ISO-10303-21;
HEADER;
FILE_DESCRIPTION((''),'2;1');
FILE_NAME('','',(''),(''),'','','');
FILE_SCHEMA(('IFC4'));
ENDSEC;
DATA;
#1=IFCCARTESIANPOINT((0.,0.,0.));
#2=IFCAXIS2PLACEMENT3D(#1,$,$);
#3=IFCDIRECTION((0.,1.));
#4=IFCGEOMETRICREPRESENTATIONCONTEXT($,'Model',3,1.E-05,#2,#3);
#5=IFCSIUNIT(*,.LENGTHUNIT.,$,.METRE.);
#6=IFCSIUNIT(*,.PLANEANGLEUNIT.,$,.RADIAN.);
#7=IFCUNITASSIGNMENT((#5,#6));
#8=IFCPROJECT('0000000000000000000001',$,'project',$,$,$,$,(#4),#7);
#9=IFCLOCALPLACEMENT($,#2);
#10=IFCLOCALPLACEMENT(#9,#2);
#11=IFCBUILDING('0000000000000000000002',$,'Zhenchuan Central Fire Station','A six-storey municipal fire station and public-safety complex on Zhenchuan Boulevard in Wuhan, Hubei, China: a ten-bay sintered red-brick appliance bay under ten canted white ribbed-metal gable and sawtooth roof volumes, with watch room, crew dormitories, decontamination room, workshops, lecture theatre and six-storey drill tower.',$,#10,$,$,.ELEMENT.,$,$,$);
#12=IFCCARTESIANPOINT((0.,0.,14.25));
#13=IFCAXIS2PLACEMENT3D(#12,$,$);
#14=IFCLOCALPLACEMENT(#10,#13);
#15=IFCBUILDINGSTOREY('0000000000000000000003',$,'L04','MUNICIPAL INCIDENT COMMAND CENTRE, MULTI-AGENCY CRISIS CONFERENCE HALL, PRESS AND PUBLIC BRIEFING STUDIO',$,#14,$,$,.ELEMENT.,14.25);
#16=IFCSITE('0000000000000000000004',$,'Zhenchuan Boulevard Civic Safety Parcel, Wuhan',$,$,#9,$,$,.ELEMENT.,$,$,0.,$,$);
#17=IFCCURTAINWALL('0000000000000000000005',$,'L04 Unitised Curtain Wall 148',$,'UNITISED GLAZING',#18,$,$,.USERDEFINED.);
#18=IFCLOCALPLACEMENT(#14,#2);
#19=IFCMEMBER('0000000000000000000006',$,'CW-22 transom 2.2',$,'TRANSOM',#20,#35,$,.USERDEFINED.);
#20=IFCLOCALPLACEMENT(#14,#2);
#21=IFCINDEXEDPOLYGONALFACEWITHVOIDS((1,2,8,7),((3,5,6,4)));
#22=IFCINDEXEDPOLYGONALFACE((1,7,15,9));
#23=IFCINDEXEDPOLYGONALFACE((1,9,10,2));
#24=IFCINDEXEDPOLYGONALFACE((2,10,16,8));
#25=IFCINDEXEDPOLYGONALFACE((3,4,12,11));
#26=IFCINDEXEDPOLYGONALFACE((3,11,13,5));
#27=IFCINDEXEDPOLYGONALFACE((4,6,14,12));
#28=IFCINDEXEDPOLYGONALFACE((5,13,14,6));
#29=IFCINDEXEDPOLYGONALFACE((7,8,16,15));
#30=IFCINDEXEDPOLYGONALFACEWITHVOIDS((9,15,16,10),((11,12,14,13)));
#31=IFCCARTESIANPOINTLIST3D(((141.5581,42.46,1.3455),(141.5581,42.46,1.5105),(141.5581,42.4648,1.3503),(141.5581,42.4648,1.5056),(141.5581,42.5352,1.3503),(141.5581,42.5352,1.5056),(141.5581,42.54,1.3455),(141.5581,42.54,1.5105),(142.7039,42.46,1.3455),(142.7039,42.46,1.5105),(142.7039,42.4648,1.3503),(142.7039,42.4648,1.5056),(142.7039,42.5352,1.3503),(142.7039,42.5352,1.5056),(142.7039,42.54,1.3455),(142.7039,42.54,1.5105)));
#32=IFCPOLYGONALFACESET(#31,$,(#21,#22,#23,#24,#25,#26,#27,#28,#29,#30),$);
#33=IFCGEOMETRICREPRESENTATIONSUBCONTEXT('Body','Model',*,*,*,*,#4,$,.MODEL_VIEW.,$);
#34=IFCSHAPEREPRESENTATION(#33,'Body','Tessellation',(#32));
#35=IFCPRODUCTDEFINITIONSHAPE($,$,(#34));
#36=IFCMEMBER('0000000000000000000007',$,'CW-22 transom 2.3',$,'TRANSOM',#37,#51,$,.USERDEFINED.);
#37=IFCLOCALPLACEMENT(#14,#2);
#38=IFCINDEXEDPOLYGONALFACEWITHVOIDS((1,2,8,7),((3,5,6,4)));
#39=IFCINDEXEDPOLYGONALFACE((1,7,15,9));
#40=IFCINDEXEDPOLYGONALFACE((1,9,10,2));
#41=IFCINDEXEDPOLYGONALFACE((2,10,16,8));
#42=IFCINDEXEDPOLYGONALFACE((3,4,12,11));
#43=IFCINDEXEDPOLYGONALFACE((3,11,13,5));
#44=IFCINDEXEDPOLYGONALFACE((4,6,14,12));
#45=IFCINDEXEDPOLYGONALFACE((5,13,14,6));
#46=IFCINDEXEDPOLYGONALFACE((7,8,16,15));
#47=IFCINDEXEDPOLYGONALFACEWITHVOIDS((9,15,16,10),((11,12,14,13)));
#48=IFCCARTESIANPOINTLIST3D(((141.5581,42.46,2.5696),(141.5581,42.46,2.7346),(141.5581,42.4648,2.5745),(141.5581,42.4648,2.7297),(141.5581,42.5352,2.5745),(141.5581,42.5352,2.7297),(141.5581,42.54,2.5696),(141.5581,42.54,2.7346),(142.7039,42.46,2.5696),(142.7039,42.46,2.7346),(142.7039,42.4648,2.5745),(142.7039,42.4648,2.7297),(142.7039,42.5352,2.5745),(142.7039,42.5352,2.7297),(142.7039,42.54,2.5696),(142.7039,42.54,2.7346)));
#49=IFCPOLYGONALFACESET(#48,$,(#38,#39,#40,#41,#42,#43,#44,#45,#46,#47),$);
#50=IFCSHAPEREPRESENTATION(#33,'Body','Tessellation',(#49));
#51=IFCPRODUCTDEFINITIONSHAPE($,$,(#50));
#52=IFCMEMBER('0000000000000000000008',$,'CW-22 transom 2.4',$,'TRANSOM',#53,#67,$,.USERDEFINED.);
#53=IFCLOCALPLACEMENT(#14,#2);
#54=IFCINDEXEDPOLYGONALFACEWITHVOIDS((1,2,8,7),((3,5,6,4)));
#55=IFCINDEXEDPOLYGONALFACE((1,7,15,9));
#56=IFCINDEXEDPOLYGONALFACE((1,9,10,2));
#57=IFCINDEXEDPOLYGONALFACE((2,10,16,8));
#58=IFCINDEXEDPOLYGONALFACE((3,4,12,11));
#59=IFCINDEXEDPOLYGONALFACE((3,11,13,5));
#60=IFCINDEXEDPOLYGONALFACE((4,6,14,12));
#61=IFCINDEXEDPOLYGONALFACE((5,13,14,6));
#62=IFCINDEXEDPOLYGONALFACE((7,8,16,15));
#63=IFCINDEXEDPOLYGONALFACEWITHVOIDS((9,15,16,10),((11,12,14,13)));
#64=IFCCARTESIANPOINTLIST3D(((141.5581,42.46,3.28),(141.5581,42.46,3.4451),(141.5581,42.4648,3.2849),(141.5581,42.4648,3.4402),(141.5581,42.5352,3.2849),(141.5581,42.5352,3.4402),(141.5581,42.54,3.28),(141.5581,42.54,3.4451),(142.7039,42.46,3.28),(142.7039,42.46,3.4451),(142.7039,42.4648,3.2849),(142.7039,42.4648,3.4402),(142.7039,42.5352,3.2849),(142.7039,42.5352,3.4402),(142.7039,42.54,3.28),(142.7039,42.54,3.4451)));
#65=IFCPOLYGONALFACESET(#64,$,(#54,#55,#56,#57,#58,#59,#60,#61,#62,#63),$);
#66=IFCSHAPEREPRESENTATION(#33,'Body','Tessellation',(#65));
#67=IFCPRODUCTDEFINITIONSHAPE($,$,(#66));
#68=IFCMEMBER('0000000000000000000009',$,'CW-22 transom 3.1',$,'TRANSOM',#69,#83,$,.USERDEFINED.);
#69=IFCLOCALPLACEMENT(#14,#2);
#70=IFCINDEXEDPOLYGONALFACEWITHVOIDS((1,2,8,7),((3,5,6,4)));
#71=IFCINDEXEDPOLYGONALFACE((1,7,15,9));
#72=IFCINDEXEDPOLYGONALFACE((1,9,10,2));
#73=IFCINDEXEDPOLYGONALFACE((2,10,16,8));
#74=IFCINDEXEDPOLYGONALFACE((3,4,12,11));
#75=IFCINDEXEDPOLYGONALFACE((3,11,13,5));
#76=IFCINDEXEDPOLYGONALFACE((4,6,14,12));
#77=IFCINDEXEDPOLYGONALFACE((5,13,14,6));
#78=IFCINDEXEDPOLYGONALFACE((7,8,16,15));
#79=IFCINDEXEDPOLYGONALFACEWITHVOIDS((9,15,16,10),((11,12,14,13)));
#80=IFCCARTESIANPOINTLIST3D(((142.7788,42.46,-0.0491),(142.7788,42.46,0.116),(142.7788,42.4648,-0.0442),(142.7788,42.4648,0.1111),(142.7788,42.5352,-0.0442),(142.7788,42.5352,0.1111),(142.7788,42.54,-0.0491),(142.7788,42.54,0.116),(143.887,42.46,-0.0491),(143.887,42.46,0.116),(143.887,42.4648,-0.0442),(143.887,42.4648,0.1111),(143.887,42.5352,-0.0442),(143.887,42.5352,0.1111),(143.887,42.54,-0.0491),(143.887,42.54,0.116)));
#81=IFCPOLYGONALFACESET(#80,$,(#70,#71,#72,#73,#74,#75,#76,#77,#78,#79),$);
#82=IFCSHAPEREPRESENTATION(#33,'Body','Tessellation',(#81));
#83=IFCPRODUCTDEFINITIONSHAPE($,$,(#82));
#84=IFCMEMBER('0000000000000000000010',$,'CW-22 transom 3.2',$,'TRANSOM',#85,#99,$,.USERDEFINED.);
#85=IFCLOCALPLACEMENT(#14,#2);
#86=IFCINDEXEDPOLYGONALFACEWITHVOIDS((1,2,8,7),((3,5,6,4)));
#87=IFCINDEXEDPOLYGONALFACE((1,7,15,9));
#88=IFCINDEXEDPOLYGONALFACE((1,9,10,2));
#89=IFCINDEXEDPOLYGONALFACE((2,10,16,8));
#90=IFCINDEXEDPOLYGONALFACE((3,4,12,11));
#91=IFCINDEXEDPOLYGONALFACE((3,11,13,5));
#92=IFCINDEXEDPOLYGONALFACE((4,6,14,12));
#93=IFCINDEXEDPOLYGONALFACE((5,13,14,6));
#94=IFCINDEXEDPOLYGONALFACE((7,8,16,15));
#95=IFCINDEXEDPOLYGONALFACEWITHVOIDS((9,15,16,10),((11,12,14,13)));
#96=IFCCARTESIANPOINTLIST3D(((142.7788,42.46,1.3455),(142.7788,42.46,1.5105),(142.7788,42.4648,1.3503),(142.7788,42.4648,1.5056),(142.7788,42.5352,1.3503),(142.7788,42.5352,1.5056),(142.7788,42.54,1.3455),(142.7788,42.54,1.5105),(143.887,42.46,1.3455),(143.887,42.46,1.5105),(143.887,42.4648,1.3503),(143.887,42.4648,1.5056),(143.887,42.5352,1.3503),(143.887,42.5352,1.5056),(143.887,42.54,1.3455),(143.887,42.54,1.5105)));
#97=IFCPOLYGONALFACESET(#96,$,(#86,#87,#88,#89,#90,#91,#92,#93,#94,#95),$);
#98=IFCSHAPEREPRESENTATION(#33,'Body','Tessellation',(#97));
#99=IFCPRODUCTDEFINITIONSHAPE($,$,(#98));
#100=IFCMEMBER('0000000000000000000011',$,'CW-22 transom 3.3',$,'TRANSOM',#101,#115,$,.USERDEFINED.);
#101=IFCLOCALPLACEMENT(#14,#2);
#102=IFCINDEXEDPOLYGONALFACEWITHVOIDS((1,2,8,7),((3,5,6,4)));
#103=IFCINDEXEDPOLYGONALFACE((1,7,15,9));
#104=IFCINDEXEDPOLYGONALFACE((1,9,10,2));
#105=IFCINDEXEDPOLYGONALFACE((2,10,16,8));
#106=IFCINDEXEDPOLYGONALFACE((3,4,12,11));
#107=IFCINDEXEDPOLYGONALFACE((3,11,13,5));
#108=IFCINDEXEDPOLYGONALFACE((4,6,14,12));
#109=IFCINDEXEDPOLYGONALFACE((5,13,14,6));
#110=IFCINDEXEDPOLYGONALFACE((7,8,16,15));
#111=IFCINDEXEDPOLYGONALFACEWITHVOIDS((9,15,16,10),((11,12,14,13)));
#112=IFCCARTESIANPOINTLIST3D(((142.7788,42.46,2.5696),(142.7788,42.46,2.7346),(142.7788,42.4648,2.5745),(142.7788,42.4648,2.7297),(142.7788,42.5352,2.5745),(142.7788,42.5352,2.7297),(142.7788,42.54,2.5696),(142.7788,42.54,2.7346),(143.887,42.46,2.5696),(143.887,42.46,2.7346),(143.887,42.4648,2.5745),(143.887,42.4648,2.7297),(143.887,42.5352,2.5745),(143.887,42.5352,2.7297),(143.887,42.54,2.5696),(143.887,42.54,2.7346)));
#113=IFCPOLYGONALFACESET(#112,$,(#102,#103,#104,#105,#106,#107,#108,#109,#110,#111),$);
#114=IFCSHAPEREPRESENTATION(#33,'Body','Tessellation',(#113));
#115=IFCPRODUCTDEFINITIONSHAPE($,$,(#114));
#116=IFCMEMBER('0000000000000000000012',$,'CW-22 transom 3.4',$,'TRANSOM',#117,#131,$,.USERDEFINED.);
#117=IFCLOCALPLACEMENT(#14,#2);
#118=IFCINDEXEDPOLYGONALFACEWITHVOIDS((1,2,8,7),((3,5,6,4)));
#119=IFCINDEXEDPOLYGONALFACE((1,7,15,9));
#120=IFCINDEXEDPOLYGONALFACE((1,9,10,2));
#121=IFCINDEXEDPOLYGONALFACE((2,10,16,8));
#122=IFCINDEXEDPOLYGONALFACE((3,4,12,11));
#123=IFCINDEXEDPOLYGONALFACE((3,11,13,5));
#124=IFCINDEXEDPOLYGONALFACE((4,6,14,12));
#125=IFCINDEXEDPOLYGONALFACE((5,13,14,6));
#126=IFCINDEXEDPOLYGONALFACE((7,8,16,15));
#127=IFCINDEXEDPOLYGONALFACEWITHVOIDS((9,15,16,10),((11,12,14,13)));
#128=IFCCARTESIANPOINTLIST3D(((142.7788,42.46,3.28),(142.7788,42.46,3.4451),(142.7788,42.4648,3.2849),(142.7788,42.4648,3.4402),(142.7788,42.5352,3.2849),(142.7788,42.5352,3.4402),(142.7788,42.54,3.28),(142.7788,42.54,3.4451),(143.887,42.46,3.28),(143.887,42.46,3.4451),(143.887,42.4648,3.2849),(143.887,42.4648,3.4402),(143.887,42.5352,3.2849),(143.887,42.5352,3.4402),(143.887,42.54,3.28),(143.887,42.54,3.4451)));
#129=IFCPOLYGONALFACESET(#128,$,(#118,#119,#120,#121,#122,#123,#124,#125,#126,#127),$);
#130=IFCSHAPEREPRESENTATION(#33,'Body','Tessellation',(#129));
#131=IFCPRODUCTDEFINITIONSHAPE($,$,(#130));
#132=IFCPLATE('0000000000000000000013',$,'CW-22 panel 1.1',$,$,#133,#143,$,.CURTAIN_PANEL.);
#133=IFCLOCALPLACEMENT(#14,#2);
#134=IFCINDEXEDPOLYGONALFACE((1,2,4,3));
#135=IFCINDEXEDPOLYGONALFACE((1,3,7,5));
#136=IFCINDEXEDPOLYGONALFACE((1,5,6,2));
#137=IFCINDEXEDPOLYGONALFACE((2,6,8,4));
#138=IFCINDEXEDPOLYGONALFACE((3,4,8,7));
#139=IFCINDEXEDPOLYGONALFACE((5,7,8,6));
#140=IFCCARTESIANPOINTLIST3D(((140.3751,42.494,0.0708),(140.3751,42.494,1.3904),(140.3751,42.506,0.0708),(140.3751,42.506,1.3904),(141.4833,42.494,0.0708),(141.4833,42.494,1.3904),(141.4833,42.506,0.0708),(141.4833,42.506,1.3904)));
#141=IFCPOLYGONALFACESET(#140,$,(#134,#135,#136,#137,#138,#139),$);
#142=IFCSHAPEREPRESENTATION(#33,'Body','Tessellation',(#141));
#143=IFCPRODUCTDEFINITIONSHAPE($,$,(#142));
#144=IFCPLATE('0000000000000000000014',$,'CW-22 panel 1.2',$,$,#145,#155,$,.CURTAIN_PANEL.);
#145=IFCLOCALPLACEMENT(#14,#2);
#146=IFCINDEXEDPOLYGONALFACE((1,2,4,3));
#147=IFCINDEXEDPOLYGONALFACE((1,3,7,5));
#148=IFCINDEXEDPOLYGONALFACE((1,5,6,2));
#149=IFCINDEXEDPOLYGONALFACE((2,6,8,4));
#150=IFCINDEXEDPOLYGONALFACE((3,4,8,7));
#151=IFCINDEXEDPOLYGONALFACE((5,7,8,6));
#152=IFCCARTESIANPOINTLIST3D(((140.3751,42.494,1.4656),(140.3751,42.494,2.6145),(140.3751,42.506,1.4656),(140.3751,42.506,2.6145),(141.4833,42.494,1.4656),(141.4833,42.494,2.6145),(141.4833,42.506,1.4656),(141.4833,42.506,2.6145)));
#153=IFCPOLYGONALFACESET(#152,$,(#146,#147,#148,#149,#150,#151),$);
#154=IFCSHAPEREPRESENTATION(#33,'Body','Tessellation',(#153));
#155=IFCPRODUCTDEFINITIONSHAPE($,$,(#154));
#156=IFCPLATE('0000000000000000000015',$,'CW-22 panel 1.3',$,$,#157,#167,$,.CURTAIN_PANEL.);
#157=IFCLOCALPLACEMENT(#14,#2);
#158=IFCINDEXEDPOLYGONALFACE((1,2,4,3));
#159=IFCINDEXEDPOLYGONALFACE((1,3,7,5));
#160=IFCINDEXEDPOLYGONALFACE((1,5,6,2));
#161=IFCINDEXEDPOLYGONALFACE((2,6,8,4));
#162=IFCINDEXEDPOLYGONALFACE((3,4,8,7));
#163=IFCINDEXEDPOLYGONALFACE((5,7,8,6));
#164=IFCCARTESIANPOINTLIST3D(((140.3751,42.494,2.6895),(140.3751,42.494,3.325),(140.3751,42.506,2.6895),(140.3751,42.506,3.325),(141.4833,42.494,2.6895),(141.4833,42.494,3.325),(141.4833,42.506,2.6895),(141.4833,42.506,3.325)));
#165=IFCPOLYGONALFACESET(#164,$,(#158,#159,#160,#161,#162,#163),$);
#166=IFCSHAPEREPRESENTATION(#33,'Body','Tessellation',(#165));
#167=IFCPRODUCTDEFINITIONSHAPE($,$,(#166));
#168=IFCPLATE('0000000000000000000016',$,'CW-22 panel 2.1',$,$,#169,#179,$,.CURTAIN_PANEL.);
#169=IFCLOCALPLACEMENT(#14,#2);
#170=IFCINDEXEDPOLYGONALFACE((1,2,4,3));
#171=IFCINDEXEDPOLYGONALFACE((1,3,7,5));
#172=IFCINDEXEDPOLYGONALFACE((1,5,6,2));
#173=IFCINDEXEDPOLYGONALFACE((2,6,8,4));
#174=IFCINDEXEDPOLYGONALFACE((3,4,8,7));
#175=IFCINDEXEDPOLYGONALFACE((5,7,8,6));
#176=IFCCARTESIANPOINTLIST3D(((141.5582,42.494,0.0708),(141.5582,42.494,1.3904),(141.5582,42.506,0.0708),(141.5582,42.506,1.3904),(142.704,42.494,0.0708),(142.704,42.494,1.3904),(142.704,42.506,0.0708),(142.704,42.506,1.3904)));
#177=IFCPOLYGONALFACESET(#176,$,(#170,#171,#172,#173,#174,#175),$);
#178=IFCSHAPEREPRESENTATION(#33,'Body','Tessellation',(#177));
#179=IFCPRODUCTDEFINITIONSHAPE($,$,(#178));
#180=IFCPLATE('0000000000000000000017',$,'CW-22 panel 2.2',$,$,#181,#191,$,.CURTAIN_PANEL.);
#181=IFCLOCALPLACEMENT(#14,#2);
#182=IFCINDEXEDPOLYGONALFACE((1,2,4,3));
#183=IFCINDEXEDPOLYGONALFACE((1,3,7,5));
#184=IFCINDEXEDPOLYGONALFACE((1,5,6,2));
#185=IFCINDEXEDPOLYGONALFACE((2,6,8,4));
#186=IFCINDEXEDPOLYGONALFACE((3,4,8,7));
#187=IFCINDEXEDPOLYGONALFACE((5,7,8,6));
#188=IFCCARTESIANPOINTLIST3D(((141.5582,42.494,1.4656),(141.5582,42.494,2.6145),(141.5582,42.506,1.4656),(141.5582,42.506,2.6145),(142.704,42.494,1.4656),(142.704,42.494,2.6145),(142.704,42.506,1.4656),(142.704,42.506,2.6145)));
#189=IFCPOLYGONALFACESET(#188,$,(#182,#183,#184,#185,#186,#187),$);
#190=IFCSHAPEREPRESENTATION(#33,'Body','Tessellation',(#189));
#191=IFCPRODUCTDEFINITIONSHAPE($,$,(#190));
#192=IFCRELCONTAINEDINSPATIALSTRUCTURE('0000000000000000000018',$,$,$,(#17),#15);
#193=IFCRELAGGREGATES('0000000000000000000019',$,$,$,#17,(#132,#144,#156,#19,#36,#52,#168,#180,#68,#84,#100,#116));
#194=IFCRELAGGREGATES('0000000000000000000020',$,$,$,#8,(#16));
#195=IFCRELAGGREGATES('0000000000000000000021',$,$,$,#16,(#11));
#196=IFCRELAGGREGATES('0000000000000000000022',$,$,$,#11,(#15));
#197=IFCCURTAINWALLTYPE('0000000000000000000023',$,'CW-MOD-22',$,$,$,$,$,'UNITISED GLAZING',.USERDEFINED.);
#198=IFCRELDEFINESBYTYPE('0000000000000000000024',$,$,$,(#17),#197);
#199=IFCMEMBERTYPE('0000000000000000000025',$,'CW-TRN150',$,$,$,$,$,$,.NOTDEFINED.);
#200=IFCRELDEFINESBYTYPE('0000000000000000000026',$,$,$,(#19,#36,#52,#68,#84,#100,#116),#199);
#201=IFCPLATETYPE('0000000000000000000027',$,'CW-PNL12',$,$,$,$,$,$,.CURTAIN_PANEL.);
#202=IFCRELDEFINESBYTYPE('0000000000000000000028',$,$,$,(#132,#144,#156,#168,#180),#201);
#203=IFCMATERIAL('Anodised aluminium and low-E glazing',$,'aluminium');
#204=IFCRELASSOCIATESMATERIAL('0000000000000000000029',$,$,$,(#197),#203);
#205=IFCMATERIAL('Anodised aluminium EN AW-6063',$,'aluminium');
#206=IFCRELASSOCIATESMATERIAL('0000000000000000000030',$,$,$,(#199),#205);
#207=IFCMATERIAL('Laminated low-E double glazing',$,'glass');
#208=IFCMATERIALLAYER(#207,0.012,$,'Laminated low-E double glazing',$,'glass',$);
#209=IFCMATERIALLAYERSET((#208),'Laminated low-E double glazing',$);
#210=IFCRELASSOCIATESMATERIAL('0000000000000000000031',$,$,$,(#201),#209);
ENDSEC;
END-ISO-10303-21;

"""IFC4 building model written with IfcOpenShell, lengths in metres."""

from ifc_helpers import new_model, si_unit, direction, frame, origin, origin_2d, place, context, subcontext, project, spatial, rectangle, hollow_rectangle, extrude, material, layer, layer_set, material_profile, profile_set, type_object, element, aggregate, save


model = new_model("IFC4")

# Units and contexts
model_context = context("Model", 3, precision=1e-05, world=origin(), true_north=direction((0.0, 1.0)))
body_context = subcontext(model_context, "Body", "Model", "MODEL_VIEW")
ifc_project = project(units=[si_unit("LENGTHUNIT", "METRE"), si_unit("PLANEANGLEUNIT", "RADIAN")], contexts=[model_context])

# Site, building, storey
site_placement = place(None, origin())
site = spatial("IfcSite", under=ifc_project, at=site_placement, Name="Zhenchuan Boulevard Civic Safety Parcel, Wuhan", CompositionType="ELEMENT", RefElevation=0.0)
building_placement = place(site_placement, origin())
building = spatial("IfcBuilding", under=site, at=building_placement, Name="Zhenchuan Central Fire Station", Description="A six-storey municipal fire station and public-safety complex on Zhenchuan Boulevard in Wuhan, Hubei, China: a ten-bay sintered red-brick appliance bay under ten canted white ribbed-metal gable and sawtooth roof volumes, with watch room, crew dormitories, decontamination room, workshops, lecture theatre and six-storey drill tower.", CompositionType="ELEMENT")
storey_placement = place(building_placement, frame((0.0, 0.0, 14.25)))
storey = spatial("IfcBuildingStorey", under=building, at=storey_placement, Name="L04", Description="MUNICIPAL INCIDENT COMMAND CENTRE, MULTI-AGENCY CRISIS CONFERENCE HALL, PRESS AND PUBLIC BRIEFING STUDIO", CompositionType="ELEMENT", Elevation=14.25)

# Shared definitions
ifc_material_1 = material(Name="Anodised aluminium and low-E glazing", Category="aluminium")
ifc_material_2 = material(Name="Anodised aluminium EN AW-6063", Category="aluminium")

# Curtain wall
curtain_wall_type_1 = type_object("IfcCurtainWallType", Name="CW-MOD-22", ElementType="UNITISED GLAZING", PredefinedType="USERDEFINED", material=ifc_material_1)
curtain_wall_1_placement = place(storey_placement, origin())
curtain_wall_1 = element("IfcCurtainWall", 1, at=curtain_wall_1_placement, inside=storey, type_object=curtain_wall_type_1, Name="L04 Unitised Curtain Wall 148", ObjectType="UNITISED GLAZING", PredefinedType="USERDEFINED")

# Members
ifc_material_profile_1 = material_profile(ifc_material_2, hollow_rectangle(XDim=0.0801, YDim=0.165, WallThickness=0.0049, at=origin_2d()), Name="ALU-T 165x80")
ifc_profile_set_1 = profile_set([ifc_material_profile_1], Name="Anodised aluminium EN AW-6063")
member_type_1 = type_object("IfcMemberType", Name="CW-TRN150", PredefinedType="NOTDEFINED", material=ifc_profile_set_1)
member_1_placement = place(storey_placement, frame((141.5581, 42.5, 1.428), z_axis=(1.0, 0.0, 0.0), x_axis=(0.0, 1.0, 0.0)))
member_1 = element("IfcMember", 2, at=member_1_placement, type_object=member_type_1, Name="CW-22 transom 2.2", ObjectType="TRANSOM", PredefinedType="USERDEFINED", context=body_context, shape_type="SweptSolid", body=[
    extrude(hollow_rectangle(XDim=0.0801, YDim=0.165, WallThickness=0.0049, at=origin_2d()), origin(), (0.0, 0.0, 1.0), 1.1458),
])
member_2_placement = place(storey_placement, frame((141.5581, 42.5, 2.6521), z_axis=(1.0, 0.0, 0.0), x_axis=(0.0, 1.0, 0.0)))
member_2 = element("IfcMember", 3, at=member_2_placement, type_object=member_type_1, Name="CW-22 transom 2.3", ObjectType="TRANSOM", PredefinedType="USERDEFINED", context=body_context, shape_type="SweptSolid", body=[
    extrude(hollow_rectangle(XDim=0.0801, YDim=0.165, WallThickness=0.0049, at=origin_2d()), origin(), (0.0, 0.0, 1.0), 1.1458),
])
member_3_placement = place(storey_placement, frame((141.5581, 42.5, 3.3625), z_axis=(1.0, 0.0, 0.0), x_axis=(0.0, 1.0, 0.0)))
member_3 = element("IfcMember", 4, at=member_3_placement, type_object=member_type_1, Name="CW-22 transom 2.4", ObjectType="TRANSOM", PredefinedType="USERDEFINED", context=body_context, shape_type="SweptSolid", body=[
    extrude(hollow_rectangle(XDim=0.0801, YDim=0.165, WallThickness=0.0049, at=origin_2d()), origin(), (0.0, 0.0, 1.0), 1.1458),
])
member_4_placement = place(storey_placement, frame((142.7788, 42.5, 0.0334), z_axis=(1.0, 0.0, 0.0), x_axis=(0.0, 1.0, 0.0)))
member_4 = element("IfcMember", 5, at=member_4_placement, type_object=member_type_1, Name="CW-22 transom 3.1", ObjectType="TRANSOM", PredefinedType="USERDEFINED", context=body_context, shape_type="SweptSolid", body=[
    extrude(hollow_rectangle(XDim=0.0801, YDim=0.165, WallThickness=0.0049, at=origin_2d()), origin(), (0.0, 0.0, 1.0), 1.1082),
])
member_5_placement = place(storey_placement, frame((142.7788, 42.5, 1.428), z_axis=(1.0, 0.0, 0.0), x_axis=(0.0, 1.0, 0.0)))
member_5 = element("IfcMember", 6, at=member_5_placement, type_object=member_type_1, Name="CW-22 transom 3.2", ObjectType="TRANSOM", PredefinedType="USERDEFINED", context=body_context, shape_type="SweptSolid", body=[
    extrude(hollow_rectangle(XDim=0.0801, YDim=0.165, WallThickness=0.0049, at=origin_2d()), origin(), (0.0, 0.0, 1.0), 1.1082),
])
member_6_placement = place(storey_placement, frame((142.7788, 42.5, 2.6521), z_axis=(1.0, 0.0, 0.0), x_axis=(0.0, 1.0, 0.0)))
member_6 = element("IfcMember", 7, at=member_6_placement, type_object=member_type_1, Name="CW-22 transom 3.3", ObjectType="TRANSOM", PredefinedType="USERDEFINED", context=body_context, shape_type="SweptSolid", body=[
    extrude(hollow_rectangle(XDim=0.0801, YDim=0.165, WallThickness=0.0049, at=origin_2d()), origin(), (0.0, 0.0, 1.0), 1.1082),
])
member_7_placement = place(storey_placement, frame((142.7788, 42.5, 3.3625), z_axis=(1.0, 0.0, 0.0), x_axis=(0.0, 1.0, 0.0)))
member_7 = element("IfcMember", 8, at=member_7_placement, type_object=member_type_1, Name="CW-22 transom 3.4", ObjectType="TRANSOM", PredefinedType="USERDEFINED", context=body_context, shape_type="SweptSolid", body=[
    extrude(hollow_rectangle(XDim=0.0801, YDim=0.165, WallThickness=0.0049, at=origin_2d()), origin(), (0.0, 0.0, 1.0), 1.1082),
])

# Plates
ifc_material_3 = material(Name="Laminated low-E double glazing", Category="glass")
ifc_layer = layer(ifc_material_3, 0.012, Name="Laminated low-E double glazing", Category="glass")
ifc_layer_set = layer_set([ifc_layer], Name="Laminated low-E double glazing")
plate_type = type_object("IfcPlateType", Name="CW-PNL12", PredefinedType="CURTAIN_PANEL", material=ifc_layer_set)
plate_1_placement = place(storey_placement, frame((140.9292, 42.5, 0.0708), z_axis=(0.0, 0.0, 1.0), x_axis=(1.0, 0.0, 0.0)))
plate_1 = element("IfcPlate", 9, at=plate_1_placement, type_object=plate_type, Name="CW-22 panel 1.1", PredefinedType="CURTAIN_PANEL", context=body_context, shape_type="SweptSolid", body=[
    extrude(rectangle(XDim=1.1082, YDim=0.012, at=origin_2d()), origin(), (0.0, 0.0, 1.0), 1.3196),
])
plate_2_placement = place(storey_placement, frame((140.9292, 42.5, 1.4656), z_axis=(0.0, 0.0, 1.0), x_axis=(1.0, 0.0, 0.0)))
plate_2 = element("IfcPlate", 10, at=plate_2_placement, type_object=plate_type, Name="CW-22 panel 1.2", PredefinedType="CURTAIN_PANEL", context=body_context, shape_type="SweptSolid", body=[
    extrude(rectangle(XDim=1.1082, YDim=0.012, at=origin_2d()), origin(), (0.0, 0.0, 1.0), 1.1489),
])
plate_3_placement = place(storey_placement, frame((140.9292, 42.5, 2.6895), z_axis=(0.0, 0.0, 1.0), x_axis=(1.0, 0.0, 0.0)))
plate_3 = element("IfcPlate", 11, at=plate_3_placement, type_object=plate_type, Name="CW-22 panel 1.3", PredefinedType="CURTAIN_PANEL", context=body_context, shape_type="SweptSolid", body=[
    extrude(rectangle(XDim=1.1082, YDim=0.012, at=origin_2d()), origin(), (0.0, 0.0, 1.0), 0.6355),
])
plate_4_placement = place(storey_placement, frame((142.1311, 42.5, 0.0708), z_axis=(0.0, 0.0, 1.0), x_axis=(1.0, 0.0, 0.0)))
plate_4 = element("IfcPlate", 12, at=plate_4_placement, type_object=plate_type, Name="CW-22 panel 2.1", PredefinedType="CURTAIN_PANEL", context=body_context, shape_type="SweptSolid", body=[
    extrude(rectangle(XDim=1.1458, YDim=0.012, at=origin_2d()), origin(), (0.0, 0.0, 1.0), 1.3196),
])
plate_5_placement = place(storey_placement, frame((142.1311, 42.5, 1.4656), z_axis=(0.0, 0.0, 1.0), x_axis=(1.0, 0.0, 0.0)))
plate_5 = element("IfcPlate", 13, at=plate_5_placement, type_object=plate_type, Name="CW-22 panel 2.2", PredefinedType="CURTAIN_PANEL", context=body_context, shape_type="SweptSolid", body=[
    extrude(rectangle(XDim=1.1458, YDim=0.012, at=origin_2d()), origin(), (0.0, 0.0, 1.0), 1.1489),
])
aggregate(curtain_wall_1, [plate_1, plate_2, plate_3, member_1, member_2, member_3, plate_4, plate_5, member_4, member_5, member_6, member_7])

save(model, "model.ifc")
